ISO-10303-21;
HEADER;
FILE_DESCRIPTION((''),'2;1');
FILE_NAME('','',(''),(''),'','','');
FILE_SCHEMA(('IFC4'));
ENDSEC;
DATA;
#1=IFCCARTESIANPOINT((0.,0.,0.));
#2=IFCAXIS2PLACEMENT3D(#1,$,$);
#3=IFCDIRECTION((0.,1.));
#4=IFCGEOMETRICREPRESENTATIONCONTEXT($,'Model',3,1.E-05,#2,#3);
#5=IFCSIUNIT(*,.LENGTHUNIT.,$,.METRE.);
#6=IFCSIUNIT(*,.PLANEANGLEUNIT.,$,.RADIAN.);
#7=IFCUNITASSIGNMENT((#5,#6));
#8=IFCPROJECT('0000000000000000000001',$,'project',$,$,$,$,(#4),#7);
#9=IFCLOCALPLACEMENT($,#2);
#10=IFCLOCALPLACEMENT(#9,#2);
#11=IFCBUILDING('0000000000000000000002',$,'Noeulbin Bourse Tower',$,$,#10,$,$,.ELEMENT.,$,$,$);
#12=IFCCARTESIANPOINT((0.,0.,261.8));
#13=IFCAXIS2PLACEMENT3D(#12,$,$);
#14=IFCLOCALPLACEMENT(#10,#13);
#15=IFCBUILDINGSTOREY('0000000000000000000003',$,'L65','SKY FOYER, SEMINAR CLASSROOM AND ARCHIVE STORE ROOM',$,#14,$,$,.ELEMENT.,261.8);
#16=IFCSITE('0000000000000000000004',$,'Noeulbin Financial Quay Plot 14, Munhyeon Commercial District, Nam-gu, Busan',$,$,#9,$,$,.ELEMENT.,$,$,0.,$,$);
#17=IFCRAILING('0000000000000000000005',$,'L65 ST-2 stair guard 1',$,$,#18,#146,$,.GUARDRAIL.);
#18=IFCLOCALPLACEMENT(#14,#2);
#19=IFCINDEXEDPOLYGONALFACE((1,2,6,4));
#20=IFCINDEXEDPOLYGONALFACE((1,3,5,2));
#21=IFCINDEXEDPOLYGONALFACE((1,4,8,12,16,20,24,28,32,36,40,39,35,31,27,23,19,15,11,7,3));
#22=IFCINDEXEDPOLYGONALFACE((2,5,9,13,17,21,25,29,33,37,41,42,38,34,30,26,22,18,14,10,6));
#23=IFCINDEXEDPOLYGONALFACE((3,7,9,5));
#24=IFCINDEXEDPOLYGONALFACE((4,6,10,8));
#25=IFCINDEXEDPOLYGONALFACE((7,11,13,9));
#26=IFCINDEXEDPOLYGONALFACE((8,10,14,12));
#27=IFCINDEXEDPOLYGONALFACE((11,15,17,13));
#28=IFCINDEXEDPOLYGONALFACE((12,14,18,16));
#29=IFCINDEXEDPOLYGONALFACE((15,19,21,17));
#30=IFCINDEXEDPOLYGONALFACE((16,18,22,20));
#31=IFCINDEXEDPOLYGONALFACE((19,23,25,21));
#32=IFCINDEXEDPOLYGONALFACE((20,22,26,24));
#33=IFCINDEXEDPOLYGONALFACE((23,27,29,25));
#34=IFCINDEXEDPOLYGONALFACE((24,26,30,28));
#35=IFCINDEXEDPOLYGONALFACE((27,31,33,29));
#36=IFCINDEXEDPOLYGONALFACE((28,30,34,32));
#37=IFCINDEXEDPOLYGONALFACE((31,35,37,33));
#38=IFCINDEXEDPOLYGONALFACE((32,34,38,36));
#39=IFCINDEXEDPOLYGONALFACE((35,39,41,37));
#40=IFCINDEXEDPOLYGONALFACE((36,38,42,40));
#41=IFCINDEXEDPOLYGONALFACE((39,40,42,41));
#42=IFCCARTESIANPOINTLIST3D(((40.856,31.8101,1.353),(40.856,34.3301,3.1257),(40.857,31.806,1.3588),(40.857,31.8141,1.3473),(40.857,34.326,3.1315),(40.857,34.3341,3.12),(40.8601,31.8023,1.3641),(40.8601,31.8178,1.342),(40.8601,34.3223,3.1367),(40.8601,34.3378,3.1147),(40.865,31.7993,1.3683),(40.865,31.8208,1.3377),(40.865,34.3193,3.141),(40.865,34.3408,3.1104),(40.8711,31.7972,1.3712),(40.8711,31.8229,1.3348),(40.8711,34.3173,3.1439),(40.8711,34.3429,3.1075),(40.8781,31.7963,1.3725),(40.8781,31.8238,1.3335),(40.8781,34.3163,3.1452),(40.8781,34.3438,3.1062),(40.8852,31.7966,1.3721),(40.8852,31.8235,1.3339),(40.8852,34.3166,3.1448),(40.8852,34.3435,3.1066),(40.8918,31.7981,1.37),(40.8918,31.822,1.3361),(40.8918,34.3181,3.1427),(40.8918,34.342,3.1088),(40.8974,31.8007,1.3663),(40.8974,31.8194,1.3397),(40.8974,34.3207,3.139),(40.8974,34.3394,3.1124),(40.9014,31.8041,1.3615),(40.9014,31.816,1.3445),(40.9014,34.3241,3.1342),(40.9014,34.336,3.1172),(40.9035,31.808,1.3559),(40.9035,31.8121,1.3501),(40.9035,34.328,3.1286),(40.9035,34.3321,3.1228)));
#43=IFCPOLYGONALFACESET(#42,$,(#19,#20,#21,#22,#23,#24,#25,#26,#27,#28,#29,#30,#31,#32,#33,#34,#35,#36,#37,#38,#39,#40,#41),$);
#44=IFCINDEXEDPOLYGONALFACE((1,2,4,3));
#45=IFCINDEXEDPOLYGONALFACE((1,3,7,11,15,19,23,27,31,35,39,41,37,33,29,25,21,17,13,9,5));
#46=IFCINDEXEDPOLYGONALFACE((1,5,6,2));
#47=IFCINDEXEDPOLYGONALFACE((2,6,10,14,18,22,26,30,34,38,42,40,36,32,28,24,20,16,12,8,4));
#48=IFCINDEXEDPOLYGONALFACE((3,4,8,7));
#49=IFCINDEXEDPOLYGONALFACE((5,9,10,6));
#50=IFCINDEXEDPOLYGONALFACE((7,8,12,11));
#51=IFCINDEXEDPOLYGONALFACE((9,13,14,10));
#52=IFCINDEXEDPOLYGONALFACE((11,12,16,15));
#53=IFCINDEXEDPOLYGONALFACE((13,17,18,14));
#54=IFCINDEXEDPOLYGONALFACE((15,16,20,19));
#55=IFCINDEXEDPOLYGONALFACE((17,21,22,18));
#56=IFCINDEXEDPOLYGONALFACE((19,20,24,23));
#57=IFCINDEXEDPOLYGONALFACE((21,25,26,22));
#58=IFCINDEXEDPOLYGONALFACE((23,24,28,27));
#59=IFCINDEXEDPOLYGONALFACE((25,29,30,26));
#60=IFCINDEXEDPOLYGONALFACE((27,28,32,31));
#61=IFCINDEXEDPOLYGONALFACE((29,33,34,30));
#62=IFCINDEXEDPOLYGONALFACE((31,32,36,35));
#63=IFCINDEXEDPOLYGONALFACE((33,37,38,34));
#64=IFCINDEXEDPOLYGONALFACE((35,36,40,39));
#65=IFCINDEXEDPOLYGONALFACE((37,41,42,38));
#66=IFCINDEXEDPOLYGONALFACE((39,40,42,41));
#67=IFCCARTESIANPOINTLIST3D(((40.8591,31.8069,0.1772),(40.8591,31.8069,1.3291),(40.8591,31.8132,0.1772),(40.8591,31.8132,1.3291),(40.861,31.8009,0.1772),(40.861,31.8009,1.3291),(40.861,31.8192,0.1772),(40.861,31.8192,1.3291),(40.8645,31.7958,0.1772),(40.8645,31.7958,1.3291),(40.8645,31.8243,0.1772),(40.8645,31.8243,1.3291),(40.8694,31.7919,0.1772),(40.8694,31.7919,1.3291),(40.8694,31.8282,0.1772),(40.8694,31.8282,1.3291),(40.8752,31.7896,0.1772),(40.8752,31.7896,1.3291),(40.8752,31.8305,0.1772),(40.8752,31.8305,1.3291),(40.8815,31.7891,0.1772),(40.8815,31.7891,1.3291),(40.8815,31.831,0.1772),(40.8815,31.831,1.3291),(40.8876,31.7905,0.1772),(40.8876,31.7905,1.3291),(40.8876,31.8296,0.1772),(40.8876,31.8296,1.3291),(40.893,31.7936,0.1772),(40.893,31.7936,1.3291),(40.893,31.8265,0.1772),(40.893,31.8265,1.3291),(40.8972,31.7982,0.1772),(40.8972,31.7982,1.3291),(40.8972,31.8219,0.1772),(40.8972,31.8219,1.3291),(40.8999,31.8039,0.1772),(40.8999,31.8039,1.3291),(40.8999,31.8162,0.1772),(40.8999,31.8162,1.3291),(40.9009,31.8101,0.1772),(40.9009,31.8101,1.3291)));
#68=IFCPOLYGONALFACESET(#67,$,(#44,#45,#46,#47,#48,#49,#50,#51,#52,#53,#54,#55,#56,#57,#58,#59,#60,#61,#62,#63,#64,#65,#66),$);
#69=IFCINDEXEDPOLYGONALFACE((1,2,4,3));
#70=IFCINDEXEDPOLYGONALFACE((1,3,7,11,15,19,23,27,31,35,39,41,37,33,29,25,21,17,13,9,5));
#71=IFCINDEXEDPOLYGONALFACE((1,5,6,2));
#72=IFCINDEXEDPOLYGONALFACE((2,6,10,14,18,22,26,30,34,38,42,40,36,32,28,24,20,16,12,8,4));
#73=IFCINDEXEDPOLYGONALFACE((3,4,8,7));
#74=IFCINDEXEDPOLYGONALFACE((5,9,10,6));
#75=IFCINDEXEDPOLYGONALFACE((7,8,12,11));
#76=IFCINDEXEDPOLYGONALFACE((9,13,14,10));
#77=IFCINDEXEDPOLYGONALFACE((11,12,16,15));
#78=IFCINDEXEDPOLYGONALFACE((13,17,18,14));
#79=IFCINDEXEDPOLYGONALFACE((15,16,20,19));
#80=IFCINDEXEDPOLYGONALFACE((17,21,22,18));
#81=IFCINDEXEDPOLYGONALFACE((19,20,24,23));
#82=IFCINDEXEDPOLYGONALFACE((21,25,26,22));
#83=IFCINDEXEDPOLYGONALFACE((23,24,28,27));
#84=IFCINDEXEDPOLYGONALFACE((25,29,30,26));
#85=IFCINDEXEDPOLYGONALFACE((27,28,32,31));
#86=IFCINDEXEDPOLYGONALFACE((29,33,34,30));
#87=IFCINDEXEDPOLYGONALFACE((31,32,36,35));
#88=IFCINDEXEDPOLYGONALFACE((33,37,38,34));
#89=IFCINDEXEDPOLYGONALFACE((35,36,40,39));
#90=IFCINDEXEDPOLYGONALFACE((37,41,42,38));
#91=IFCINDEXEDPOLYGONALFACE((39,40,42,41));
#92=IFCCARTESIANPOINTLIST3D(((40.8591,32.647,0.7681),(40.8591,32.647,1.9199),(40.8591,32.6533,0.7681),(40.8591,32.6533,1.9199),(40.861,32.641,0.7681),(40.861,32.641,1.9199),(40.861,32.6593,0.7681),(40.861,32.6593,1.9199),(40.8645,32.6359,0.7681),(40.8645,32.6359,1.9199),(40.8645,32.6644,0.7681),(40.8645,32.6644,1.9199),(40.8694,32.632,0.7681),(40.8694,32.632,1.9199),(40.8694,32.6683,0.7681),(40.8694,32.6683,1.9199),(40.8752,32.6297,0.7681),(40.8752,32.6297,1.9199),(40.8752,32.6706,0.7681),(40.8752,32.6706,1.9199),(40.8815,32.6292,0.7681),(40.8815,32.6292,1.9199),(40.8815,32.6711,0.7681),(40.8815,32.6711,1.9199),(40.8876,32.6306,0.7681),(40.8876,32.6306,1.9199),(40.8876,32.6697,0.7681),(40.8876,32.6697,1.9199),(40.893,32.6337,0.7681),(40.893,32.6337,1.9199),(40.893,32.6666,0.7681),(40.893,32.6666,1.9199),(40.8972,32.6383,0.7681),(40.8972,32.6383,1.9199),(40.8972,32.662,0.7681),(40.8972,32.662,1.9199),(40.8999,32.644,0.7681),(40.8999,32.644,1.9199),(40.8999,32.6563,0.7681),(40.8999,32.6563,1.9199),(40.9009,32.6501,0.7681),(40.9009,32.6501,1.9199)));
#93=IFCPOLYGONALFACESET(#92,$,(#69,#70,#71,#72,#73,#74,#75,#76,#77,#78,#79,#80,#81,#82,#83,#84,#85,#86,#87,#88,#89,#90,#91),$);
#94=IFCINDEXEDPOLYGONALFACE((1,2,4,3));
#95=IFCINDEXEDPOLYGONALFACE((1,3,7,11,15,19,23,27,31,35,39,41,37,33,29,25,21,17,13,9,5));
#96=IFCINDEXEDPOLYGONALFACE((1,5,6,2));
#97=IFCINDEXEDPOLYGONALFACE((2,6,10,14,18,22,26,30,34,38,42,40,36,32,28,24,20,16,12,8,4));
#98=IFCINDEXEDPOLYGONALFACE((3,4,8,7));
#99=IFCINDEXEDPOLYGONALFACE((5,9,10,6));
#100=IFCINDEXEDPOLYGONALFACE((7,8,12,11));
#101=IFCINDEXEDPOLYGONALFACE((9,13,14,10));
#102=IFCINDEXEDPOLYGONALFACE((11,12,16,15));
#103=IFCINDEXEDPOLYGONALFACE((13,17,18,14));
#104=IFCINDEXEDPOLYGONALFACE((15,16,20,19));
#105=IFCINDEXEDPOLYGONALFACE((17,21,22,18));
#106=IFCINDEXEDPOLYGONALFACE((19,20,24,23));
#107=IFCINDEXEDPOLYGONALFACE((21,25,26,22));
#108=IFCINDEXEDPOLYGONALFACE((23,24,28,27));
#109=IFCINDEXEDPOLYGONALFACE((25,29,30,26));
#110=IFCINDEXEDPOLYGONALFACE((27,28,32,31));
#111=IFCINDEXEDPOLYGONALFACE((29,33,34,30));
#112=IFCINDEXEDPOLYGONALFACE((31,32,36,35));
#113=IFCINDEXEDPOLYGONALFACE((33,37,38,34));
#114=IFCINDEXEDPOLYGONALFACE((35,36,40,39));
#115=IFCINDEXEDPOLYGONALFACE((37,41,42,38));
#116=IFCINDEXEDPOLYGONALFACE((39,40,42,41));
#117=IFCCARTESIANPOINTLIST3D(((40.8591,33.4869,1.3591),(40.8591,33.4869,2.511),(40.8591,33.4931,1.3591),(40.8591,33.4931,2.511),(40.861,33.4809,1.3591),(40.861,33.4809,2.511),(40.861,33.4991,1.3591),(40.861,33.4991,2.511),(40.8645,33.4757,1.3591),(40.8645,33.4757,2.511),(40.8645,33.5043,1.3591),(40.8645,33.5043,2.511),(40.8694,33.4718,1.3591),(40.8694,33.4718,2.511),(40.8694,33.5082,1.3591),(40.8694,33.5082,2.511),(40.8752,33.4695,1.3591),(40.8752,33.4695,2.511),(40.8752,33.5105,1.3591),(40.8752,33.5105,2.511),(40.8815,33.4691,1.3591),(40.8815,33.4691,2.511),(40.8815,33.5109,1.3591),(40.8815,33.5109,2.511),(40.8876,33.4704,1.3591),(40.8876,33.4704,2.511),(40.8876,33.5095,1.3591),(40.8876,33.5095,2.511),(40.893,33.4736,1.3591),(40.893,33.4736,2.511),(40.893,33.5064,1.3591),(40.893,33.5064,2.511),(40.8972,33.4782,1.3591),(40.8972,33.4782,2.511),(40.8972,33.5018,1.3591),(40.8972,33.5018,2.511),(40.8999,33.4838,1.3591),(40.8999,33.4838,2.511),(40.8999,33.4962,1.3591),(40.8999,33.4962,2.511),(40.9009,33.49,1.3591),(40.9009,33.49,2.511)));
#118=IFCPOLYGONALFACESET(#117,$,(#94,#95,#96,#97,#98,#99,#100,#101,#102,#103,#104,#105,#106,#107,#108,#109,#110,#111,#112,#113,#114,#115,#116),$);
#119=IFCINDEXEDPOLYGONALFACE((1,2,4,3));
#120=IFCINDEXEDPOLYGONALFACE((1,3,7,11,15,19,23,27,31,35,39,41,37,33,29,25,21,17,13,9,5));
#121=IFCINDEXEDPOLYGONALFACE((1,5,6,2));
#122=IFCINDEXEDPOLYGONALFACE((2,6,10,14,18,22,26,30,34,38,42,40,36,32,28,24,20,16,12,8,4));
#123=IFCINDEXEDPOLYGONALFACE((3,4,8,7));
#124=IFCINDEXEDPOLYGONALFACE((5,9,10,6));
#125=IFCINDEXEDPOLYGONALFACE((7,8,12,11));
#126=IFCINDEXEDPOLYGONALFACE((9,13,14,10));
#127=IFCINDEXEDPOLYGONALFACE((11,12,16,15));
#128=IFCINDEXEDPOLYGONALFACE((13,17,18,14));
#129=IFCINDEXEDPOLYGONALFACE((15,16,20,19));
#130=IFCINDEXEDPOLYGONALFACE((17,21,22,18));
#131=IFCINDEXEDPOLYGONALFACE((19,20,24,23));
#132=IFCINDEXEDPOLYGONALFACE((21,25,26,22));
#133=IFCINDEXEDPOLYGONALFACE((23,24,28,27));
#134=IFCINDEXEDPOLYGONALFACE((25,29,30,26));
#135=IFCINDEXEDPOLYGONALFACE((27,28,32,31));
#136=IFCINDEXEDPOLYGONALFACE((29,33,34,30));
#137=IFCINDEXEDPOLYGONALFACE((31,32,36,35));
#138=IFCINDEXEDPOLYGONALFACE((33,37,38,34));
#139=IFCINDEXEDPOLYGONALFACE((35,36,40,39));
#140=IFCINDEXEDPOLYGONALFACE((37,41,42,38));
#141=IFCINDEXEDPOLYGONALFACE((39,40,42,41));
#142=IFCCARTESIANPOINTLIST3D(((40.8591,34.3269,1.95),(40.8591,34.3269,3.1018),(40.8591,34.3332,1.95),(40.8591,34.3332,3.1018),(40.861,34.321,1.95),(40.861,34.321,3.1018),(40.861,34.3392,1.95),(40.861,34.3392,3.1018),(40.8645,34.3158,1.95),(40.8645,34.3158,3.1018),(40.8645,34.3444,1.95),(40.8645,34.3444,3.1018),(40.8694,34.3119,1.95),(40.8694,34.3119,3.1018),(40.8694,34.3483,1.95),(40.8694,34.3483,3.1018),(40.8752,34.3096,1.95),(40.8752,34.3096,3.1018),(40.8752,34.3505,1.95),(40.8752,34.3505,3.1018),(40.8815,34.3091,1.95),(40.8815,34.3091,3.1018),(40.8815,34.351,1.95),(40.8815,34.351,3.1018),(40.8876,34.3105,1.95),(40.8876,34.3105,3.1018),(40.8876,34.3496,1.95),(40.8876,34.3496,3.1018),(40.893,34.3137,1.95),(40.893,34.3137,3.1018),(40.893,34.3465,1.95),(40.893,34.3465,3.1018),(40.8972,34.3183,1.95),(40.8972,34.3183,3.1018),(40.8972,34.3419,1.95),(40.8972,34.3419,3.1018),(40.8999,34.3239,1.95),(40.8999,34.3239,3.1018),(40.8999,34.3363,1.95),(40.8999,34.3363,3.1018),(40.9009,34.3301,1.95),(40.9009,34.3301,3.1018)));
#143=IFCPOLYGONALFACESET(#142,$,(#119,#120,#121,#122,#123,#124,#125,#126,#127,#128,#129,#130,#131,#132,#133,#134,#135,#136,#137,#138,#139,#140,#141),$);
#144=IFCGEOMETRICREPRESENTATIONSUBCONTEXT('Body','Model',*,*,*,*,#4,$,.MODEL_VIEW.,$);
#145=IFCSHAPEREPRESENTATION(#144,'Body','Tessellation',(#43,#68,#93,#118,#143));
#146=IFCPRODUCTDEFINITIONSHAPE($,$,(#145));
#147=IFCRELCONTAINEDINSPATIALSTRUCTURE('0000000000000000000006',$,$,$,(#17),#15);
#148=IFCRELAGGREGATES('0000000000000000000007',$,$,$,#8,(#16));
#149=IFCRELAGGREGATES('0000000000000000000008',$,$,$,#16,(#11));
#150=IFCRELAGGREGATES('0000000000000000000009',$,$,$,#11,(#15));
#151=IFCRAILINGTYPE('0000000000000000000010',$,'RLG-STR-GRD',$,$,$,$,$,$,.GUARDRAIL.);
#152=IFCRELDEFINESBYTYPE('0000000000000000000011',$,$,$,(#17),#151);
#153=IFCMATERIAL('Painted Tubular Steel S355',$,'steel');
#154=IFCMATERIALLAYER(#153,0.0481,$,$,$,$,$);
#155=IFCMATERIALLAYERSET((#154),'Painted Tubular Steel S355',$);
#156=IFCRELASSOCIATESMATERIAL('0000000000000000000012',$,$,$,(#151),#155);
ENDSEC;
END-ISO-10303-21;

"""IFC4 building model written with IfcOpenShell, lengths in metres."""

from ifc_helpers import new_model, si_unit, direction, frame, origin, origin_2d, place, context, subcontext, project, spatial, circle, extrude, material, layer, layer_set, type_object, element, save


model = new_model("IFC4")

# Units and contexts
model_context = context("Model", 3, precision=1e-05, world=origin(), true_north=direction((0.0, 1.0)))
body_context = subcontext(model_context, "Body", "Model", "MODEL_VIEW")
ifc_project = project(units=[si_unit("LENGTHUNIT", "METRE"), si_unit("PLANEANGLEUNIT", "RADIAN")], contexts=[model_context])

# Site, building, storey
site_placement = place(None, origin())
site = spatial("IfcSite", under=ifc_project, at=site_placement, Name="Noeulbin Financial Quay Plot 14, Munhyeon Commercial District, Nam-gu, Busan", CompositionType="ELEMENT", RefElevation=0.0)
building_placement = place(site_placement, origin())
building = spatial("IfcBuilding", under=site, at=building_placement, Name="Noeulbin Bourse Tower", CompositionType="ELEMENT")
storey_placement = place(building_placement, frame((0.0, 0.0, 261.8)))
storey = spatial("IfcBuildingStorey", under=building, at=storey_placement, Name="L65", Description="SKY FOYER, SEMINAR CLASSROOM AND ARCHIVE STORE ROOM", CompositionType="ELEMENT", Elevation=261.8)

# Railing
ifc_material_1 = material(Name="Painted Tubular Steel S355", Category="steel")
ifc_layer_1 = layer(ifc_material_1, 0.0481)
ifc_layer_set_1 = layer_set([ifc_layer_1], Name="Painted Tubular Steel S355")
railing_type_1 = type_object("IfcRailingType", Name="RLG-STR-GRD", PredefinedType="GUARDRAIL", material=ifc_layer_set_1)
railing_1_placement = place(storey_placement, frame((40.8799, 31.8101, 0.1772)))
element("IfcRailing", 1, at=railing_1_placement, inside=storey, type_object=railing_type_1, Name="L65 ST-2 stair guard 1", PredefinedType="GUARDRAIL", context=body_context, shape_type="SweptSolid", body=[
    extrude(circle(Radius=0.0239, at=origin_2d()), frame((0.0, 0.0, 1.1758), z_axis=(0.0, 0.817904, 0.575354), x_axis=(-1.0, 0.0, 0.0)), (0.0, 0.0, 1.0), 3.0811),
    extrude(circle(Radius=0.021, at=origin_2d()), origin(), (0.0, 0.0, 1.0), 1.1519),
    extrude(circle(Radius=0.021, at=origin_2d()), frame((0.0, 0.8401, 0.5908)), (0.0, 0.0, 1.0), 1.1519),
    extrude(circle(Radius=0.021, at=origin_2d()), frame((0.0, 1.6799, 1.1819)), (0.0, 0.0, 1.0), 1.1519),
    extrude(circle(Radius=0.021, at=origin_2d()), frame((0.0, 2.52, 1.7727)), (0.0, 0.0, 1.0), 1.1519),
])

save(model, "model.ifc")
